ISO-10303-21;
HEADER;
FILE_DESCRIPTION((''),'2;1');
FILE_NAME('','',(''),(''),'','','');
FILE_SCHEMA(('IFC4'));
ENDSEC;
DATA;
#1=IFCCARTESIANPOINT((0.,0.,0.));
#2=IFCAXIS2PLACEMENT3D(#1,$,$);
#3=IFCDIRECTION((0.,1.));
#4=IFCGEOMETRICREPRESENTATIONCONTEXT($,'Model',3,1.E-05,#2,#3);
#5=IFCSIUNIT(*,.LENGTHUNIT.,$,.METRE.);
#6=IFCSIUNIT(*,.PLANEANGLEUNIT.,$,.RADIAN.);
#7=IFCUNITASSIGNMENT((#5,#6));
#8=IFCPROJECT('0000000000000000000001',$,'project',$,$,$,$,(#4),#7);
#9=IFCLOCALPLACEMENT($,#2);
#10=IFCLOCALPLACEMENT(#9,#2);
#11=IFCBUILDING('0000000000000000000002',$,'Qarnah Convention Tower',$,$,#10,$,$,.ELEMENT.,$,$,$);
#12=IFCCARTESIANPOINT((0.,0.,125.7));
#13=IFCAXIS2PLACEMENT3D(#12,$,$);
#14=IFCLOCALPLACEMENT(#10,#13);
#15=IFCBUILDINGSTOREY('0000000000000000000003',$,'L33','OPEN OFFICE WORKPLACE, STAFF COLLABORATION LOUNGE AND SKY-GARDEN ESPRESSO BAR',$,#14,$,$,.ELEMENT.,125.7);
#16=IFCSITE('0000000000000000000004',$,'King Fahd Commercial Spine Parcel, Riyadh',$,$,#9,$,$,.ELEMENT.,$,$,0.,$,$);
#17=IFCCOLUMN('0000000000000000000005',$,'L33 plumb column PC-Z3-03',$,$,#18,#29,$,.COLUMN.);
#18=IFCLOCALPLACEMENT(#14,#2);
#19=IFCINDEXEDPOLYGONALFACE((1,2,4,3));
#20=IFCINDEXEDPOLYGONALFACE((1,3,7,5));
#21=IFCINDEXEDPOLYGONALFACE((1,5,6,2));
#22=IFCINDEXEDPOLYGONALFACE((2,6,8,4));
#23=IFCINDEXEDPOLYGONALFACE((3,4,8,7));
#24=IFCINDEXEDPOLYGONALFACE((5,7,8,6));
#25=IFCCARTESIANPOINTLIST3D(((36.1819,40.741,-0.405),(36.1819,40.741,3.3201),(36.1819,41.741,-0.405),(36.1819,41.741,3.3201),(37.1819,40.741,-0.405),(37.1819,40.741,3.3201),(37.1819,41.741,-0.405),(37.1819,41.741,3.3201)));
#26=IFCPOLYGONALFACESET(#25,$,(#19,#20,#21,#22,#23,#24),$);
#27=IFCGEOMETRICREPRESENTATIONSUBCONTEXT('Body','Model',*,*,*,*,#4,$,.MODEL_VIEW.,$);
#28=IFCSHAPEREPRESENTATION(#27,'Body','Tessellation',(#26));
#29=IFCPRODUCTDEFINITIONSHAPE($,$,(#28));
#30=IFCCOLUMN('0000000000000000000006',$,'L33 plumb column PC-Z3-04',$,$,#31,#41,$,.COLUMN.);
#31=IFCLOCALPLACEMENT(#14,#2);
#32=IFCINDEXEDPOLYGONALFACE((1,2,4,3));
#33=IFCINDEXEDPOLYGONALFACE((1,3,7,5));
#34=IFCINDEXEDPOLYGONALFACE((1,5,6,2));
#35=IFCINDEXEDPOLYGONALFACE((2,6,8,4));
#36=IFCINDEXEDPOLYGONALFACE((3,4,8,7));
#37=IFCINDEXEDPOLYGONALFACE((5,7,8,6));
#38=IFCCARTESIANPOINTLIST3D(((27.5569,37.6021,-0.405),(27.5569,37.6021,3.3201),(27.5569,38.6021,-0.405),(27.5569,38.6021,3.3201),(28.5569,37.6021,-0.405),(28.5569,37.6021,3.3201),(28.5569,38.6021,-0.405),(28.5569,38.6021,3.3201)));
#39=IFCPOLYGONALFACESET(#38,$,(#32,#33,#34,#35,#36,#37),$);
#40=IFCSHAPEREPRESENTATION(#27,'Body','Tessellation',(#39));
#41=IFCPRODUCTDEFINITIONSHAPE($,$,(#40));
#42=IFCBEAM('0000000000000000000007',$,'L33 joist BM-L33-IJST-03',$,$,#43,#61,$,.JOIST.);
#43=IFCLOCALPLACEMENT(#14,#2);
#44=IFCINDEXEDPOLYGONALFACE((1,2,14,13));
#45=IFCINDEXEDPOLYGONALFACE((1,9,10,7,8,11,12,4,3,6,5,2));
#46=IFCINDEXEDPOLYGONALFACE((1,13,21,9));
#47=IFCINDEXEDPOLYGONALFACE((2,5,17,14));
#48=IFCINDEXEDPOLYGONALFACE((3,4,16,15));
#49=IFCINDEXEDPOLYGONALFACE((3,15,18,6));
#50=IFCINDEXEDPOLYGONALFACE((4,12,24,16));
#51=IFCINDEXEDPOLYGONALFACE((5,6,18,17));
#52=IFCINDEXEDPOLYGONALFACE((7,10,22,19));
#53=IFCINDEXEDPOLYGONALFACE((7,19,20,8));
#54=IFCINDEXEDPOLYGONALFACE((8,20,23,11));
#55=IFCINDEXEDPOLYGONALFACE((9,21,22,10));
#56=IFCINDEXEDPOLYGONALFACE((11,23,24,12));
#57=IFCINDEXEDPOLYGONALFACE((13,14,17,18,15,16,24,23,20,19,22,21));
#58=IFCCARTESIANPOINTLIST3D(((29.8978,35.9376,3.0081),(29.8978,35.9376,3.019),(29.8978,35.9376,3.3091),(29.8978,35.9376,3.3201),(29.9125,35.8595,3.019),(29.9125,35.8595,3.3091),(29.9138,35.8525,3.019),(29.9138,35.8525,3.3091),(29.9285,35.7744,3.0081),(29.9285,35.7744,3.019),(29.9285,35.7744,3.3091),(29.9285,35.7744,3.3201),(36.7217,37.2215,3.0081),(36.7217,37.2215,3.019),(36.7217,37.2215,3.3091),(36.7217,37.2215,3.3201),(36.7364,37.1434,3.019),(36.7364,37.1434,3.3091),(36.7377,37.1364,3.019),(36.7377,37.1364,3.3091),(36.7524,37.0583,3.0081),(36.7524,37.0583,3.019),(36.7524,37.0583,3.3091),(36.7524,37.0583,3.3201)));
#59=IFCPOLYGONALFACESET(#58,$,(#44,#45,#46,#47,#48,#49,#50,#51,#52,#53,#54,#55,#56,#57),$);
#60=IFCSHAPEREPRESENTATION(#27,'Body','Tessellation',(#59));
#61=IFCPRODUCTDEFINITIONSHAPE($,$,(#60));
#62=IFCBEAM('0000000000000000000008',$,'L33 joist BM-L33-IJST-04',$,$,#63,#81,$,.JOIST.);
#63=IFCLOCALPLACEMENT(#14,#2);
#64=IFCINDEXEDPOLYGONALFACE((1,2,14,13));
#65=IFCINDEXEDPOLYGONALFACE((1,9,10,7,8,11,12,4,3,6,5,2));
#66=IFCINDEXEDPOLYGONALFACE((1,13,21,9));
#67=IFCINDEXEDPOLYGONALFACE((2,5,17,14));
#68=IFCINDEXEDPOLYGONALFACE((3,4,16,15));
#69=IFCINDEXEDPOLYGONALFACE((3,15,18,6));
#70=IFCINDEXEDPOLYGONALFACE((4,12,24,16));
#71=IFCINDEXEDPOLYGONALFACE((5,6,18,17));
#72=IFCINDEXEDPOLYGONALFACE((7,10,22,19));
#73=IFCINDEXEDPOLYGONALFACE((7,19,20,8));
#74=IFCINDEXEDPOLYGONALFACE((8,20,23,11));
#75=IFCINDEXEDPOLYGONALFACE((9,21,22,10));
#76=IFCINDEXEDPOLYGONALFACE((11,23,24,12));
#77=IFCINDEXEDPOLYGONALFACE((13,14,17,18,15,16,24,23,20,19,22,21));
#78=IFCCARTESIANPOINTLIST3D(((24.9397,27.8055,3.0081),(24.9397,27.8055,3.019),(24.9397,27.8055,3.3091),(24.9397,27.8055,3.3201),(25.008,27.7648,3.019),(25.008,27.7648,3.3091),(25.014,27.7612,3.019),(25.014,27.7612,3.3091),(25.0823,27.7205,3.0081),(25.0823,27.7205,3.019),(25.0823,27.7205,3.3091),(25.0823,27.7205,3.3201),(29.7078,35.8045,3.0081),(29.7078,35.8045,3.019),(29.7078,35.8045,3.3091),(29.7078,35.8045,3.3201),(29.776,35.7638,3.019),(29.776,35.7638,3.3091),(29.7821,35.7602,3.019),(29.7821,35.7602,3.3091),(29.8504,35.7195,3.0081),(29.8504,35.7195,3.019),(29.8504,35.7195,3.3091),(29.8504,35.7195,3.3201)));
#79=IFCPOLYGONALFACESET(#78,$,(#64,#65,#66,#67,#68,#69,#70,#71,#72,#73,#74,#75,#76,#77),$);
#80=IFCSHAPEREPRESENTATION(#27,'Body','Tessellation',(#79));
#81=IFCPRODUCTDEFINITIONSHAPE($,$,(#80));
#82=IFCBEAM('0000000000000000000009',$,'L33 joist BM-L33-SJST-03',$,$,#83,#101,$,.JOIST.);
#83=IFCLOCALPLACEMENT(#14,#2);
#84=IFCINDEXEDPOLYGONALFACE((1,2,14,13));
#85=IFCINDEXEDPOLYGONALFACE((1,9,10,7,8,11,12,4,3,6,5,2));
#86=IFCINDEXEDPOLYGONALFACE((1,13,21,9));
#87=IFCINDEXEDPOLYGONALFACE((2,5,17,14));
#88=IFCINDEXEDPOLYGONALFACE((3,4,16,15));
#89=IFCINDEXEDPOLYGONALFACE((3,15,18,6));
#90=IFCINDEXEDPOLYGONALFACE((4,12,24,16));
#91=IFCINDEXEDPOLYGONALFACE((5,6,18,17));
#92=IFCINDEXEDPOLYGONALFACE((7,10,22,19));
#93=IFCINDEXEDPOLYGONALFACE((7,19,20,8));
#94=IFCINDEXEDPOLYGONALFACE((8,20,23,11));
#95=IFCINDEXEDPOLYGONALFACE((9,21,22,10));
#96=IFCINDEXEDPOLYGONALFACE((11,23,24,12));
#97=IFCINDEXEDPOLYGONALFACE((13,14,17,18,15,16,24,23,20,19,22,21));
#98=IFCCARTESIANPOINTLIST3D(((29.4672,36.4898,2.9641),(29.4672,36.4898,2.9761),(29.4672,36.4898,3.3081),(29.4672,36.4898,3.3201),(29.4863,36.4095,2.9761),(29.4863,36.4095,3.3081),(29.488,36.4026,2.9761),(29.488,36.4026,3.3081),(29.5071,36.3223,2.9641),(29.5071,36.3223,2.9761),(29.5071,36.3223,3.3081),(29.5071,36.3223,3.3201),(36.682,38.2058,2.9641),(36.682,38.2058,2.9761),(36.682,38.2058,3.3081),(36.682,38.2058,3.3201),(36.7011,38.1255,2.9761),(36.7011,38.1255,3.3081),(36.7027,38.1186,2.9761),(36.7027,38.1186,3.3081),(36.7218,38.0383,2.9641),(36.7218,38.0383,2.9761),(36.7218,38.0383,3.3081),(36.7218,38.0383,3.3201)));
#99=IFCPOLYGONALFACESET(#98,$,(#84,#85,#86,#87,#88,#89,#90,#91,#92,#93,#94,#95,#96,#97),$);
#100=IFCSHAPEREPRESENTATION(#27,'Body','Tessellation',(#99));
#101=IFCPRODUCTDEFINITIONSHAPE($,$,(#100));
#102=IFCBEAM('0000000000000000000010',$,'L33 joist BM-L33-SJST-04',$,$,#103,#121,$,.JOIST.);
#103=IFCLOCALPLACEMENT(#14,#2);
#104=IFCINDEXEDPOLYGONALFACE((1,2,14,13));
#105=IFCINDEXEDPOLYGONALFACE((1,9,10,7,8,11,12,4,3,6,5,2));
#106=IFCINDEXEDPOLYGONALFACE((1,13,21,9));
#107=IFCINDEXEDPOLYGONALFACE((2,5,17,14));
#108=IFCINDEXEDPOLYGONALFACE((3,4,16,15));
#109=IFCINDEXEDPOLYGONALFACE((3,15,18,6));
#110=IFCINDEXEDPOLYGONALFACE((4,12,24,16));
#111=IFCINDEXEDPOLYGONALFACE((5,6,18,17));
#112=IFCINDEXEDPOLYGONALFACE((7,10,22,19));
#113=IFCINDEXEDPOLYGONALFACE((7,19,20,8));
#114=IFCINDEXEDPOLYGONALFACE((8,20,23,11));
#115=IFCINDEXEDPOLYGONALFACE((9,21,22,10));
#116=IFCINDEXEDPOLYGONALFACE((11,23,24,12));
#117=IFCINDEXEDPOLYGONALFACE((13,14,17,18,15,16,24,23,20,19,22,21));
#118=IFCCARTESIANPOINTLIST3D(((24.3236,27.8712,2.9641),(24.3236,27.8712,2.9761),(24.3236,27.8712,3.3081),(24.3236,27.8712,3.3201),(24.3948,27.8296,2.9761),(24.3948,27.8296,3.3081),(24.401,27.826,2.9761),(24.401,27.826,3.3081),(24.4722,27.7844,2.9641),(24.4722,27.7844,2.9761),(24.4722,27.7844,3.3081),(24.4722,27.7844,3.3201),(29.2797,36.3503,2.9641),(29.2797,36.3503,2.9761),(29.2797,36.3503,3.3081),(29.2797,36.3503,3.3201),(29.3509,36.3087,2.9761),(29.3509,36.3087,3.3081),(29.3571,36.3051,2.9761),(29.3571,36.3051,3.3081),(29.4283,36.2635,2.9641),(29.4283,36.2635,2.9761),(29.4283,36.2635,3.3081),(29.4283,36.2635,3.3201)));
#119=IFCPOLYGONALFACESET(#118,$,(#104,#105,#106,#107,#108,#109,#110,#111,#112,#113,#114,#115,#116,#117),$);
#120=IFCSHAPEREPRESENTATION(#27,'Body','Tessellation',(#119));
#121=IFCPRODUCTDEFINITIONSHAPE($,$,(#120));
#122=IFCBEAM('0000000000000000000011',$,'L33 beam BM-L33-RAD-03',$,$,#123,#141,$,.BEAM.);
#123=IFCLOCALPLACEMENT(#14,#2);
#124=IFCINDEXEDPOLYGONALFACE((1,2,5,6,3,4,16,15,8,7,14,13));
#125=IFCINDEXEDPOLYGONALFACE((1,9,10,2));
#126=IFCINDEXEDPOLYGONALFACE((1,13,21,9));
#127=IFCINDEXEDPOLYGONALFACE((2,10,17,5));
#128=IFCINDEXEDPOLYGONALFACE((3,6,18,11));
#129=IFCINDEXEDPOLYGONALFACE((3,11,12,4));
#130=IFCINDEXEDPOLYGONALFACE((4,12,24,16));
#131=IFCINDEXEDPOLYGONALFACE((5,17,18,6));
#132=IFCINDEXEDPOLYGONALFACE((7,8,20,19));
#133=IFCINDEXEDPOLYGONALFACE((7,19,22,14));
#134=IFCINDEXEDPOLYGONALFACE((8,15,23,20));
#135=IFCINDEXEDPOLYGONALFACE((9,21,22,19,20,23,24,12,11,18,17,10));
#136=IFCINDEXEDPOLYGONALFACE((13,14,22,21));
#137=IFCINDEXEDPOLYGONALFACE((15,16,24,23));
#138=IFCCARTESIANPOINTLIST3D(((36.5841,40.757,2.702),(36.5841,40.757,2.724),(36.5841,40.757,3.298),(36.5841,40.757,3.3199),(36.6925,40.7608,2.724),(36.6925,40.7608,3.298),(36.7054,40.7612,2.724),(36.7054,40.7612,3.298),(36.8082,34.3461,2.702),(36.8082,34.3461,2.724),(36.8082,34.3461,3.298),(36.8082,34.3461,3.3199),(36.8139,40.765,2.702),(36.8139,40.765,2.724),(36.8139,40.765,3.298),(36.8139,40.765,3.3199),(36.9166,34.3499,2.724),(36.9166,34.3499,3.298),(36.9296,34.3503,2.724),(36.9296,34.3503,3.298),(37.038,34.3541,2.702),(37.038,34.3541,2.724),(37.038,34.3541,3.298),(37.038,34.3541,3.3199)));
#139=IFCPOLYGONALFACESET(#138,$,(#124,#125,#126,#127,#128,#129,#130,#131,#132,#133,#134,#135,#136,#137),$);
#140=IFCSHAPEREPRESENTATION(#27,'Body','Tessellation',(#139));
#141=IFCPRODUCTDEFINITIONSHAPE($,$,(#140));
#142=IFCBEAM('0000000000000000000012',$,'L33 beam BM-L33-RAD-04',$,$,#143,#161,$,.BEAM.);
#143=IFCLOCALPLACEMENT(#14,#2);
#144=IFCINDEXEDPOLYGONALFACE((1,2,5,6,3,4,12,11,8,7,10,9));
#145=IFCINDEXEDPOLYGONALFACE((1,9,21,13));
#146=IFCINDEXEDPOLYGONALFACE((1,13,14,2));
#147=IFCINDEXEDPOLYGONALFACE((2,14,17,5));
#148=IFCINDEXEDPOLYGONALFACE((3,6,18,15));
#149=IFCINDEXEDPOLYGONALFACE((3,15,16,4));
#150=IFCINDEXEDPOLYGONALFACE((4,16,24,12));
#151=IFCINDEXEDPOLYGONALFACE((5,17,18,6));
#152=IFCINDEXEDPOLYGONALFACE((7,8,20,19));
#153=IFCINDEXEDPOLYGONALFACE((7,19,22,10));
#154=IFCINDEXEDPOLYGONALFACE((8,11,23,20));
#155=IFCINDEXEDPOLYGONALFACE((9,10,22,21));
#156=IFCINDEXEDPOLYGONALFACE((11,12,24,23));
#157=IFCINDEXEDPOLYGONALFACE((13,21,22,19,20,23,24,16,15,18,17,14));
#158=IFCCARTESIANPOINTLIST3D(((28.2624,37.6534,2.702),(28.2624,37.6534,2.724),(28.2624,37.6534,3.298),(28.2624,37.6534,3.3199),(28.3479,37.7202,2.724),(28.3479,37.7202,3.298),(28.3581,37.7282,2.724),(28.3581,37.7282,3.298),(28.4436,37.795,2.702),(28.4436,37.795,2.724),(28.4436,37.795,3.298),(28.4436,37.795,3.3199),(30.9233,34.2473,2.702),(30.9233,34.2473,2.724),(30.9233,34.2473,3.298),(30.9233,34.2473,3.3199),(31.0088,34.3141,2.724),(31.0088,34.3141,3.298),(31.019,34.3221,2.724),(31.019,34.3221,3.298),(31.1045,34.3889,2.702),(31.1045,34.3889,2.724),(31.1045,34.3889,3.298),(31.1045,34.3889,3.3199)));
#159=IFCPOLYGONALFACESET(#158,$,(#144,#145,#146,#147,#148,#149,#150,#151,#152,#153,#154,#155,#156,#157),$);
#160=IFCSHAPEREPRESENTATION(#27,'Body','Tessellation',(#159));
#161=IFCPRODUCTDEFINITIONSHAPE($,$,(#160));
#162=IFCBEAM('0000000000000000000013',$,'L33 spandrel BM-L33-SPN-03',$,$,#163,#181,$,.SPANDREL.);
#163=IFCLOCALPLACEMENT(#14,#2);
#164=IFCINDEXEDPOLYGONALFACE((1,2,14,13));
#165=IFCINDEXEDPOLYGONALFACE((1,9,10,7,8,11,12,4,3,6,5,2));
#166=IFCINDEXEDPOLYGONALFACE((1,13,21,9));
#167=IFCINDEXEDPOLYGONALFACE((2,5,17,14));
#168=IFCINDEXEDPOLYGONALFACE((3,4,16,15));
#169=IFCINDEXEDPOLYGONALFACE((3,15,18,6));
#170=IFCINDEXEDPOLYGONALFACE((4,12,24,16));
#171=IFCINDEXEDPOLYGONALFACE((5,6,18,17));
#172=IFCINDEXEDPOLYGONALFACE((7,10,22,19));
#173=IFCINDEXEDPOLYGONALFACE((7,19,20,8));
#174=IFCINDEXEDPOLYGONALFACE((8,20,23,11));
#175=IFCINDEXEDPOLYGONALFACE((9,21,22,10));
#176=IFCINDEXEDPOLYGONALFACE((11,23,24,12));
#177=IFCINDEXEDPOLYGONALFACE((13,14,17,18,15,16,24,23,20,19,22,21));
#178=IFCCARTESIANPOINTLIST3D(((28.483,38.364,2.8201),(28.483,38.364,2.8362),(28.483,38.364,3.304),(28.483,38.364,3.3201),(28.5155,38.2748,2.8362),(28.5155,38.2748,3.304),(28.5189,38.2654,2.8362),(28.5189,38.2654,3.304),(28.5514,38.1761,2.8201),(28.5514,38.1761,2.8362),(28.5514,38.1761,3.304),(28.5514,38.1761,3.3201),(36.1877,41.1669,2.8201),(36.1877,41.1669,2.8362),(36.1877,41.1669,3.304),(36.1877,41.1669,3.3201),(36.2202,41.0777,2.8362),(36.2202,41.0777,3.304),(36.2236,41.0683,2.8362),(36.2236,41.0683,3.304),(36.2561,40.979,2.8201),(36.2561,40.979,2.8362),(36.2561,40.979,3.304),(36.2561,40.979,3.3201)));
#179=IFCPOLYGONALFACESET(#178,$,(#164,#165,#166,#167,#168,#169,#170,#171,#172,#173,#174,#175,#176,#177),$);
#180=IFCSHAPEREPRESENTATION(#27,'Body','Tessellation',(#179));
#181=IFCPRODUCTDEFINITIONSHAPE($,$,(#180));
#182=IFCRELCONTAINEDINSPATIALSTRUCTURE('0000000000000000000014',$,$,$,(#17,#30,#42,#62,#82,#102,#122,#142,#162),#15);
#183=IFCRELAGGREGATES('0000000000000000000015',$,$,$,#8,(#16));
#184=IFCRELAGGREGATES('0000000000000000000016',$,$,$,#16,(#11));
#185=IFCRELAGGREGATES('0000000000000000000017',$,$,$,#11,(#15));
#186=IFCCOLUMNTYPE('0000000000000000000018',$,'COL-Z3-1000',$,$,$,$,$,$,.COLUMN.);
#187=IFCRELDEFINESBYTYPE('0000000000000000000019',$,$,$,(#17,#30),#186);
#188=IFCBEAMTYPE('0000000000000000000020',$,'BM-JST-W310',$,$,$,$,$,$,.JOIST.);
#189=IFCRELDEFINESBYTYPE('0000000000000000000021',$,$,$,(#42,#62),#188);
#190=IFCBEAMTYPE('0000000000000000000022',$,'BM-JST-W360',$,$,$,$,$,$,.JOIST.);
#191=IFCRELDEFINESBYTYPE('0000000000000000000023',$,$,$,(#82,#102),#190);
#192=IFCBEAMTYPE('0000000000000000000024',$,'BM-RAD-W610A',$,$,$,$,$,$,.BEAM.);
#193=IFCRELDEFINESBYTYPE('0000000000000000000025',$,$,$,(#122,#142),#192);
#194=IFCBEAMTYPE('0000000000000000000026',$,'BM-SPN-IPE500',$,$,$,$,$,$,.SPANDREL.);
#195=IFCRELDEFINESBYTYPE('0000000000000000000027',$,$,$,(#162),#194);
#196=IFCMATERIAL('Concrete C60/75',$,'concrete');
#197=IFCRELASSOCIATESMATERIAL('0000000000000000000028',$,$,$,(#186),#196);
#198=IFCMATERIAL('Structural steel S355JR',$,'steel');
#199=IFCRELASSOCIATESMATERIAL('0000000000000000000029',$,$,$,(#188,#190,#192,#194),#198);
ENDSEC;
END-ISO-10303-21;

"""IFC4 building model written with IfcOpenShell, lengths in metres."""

from ifc_helpers import new_model, si_unit, direction, frame, origin, origin_2d, place, context, subcontext, project, spatial, rectangle, i_section, extrude, material, material_profile, profile_set, type_object, element, save


model = new_model("IFC4")

# Units and contexts
model_context = context("Model", 3, precision=1e-05, world=origin(), true_north=direction((0.0, 1.0)))
body_context = subcontext(model_context, "Body", "Model", "MODEL_VIEW")
ifc_project = project(units=[si_unit("LENGTHUNIT", "METRE"), si_unit("PLANEANGLEUNIT", "RADIAN")], contexts=[model_context])

# Site, building, storey
site_placement = place(None, origin())
site = spatial("IfcSite", under=ifc_project, at=site_placement, Name="King Fahd Commercial Spine Parcel, Riyadh", CompositionType="ELEMENT", RefElevation=0.0)
building_placement = place(site_placement, origin())
building = spatial("IfcBuilding", under=site, at=building_placement, Name="Qarnah Convention Tower", CompositionType="ELEMENT")
storey_placement = place(building_placement, frame((0.0, 0.0, 125.7)))
storey = spatial("IfcBuildingStorey", under=building, at=storey_placement, Name="L33", Description="OPEN OFFICE WORKPLACE, STAFF COLLABORATION LOUNGE AND SKY-GARDEN ESPRESSO BAR", CompositionType="ELEMENT", Elevation=125.7)

# Columns
ifc_material_1 = material(Name="Concrete C60/75", Category="concrete")
ifc_material_profile_1 = material_profile(ifc_material_1, rectangle(XDim=1.0, YDim=1.0, at=origin_2d()), Name="RC-COL-1000X1000")
ifc_profile_set_1 = profile_set([ifc_material_profile_1], Name="Concrete C60/75")
column_type = type_object("IfcColumnType", Name="COL-Z3-1000", PredefinedType="COLUMN", material=ifc_profile_set_1)
for number, where, z_axis, x_axis, name in (
    (1, (36.6819, 41.241, -0.405), (0.0, 0.0, 1.0), (1.0, 0.0, 0.0), "L33 plumb column PC-Z3-03"),
    (2, (28.0569, 38.1021, -0.405), (0.0, 0.0, 1.0), (1.0, 0.0, 0.0), "L33 plumb column PC-Z3-04"),
):
    element("IfcColumn", number, at=place(storey_placement, frame(where, z_axis=z_axis, x_axis=x_axis)), inside=storey, type_object=column_type, Name=name, PredefinedType="COLUMN", context=body_context, shape_type="SweptSolid", body=[
        extrude(rectangle(XDim=1.0, YDim=1.0, at=origin_2d()), origin(), (0.0, 0.0, 1.0), 3.7251),
    ])

# Beams
ifc_material_2 = material(Name="Structural steel S355JR", Category="steel")
ifc_material_profile_2 = material_profile(ifc_material_2, i_section(OverallWidth=0.166, OverallDepth=0.312, WebThickness=0.0071, FlangeThickness=0.011, at=origin_2d()), Name="W310X45")
ifc_profile_set_2 = profile_set([ifc_material_profile_2], Name="Structural steel S355JR")
beam_type_1 = type_object("IfcBeamType", Name="BM-JST-W310", PredefinedType="JOIST", material=ifc_profile_set_2)
beam_1_placement = place(storey_placement, frame((36.7371, 37.1399, 3.1641), z_axis=(-0.982756, -0.184906, 0.0), x_axis=(0.184906, -0.982756, 0.0)))
element("IfcBeam", 3, at=beam_1_placement, inside=storey, type_object=beam_type_1, Name="L33 joist BM-L33-IJST-03", PredefinedType="JOIST", context=body_context, shape_type="SweptSolid", body=[
    extrude(i_section(OverallWidth=0.166, OverallDepth=0.312, WebThickness=0.0071, FlangeThickness=0.011, at=origin_2d()), origin(), (0.0, 0.0, 1.0), 6.9436),
])
beam_2_placement = place(storey_placement, frame((29.7791, 35.762, 3.1641), z_axis=(-0.512018, -0.858974, 0.0), x_axis=(0.858974, -0.512018, 0.0)))
element("IfcBeam", 4, at=beam_2_placement, inside=storey, type_object=beam_type_1, Name="L33 joist BM-L33-IJST-04", PredefinedType="JOIST", context=body_context, shape_type="SweptSolid", body=[
    extrude(i_section(OverallWidth=0.166, OverallDepth=0.312, WebThickness=0.0071, FlangeThickness=0.011, at=origin_2d()), origin(), (0.0, 0.0, 1.0), 9.3123),
])
ifc_material_profile_3 = material_profile(ifc_material_2, i_section(OverallWidth=0.1721, OverallDepth=0.356, WebThickness=0.0071, FlangeThickness=0.012, at=origin_2d()), Name="W360X51")
ifc_profile_set_3 = profile_set([ifc_material_profile_3], Name="Structural steel S355JR")
beam_type_2 = type_object("IfcBeamType", Name="BM-JST-W360", PredefinedType="JOIST", material=ifc_profile_set_3)
beam_3_placement = place(storey_placement, frame((36.7019, 38.1221, 3.1421), z_axis=(-0.97286, -0.231397, 0.0), x_axis=(0.231397, -0.97286, 0.0)))
element("IfcBeam", 5, at=beam_3_placement, inside=storey, type_object=beam_type_2, Name="L33 joist BM-L33-SJST-03", PredefinedType="JOIST", context=body_context, shape_type="SweptSolid", body=[
    extrude(i_section(OverallWidth=0.1721, OverallDepth=0.356, WebThickness=0.0071, FlangeThickness=0.012, at=origin_2d()), origin(), (0.0, 0.0, 1.0), 7.416),
])
beam_4_placement = place(storey_placement, frame((29.354, 36.3069, 3.1421), z_axis=(-0.504628, -0.863337, 0.0), x_axis=(0.863337, -0.504628, 0.0)))
element("IfcBeam", 6, at=beam_4_placement, inside=storey, type_object=beam_type_2, Name="L33 joist BM-L33-SJST-04", PredefinedType="JOIST", context=body_context, shape_type="SweptSolid", body=[
    extrude(i_section(OverallWidth=0.1721, OverallDepth=0.356, WebThickness=0.0071, FlangeThickness=0.012, at=origin_2d()), origin(), (0.0, 0.0, 1.0), 9.8213),
])
ifc_material_profile_4 = material_profile(ifc_material_2, i_section(OverallWidth=0.23, OverallDepth=0.6179, WebThickness=0.0129, FlangeThickness=0.022, at=origin_2d()), Name="W610X140")
ifc_profile_set_4 = profile_set([ifc_material_profile_4], Name="Structural steel S355JR")
beam_type_3 = type_object("IfcBeamType", Name="BM-RAD-W610A", PredefinedType="BEAM", material=ifc_profile_set_4)
beam_5_placement = place(storey_placement, frame((36.9231, 34.3501, 3.011), z_axis=(-0.034938, 0.999389, 0.0), x_axis=(-0.999389, -0.034938, 0.0)))
element("IfcBeam", 7, at=beam_5_placement, inside=storey, type_object=beam_type_3, Name="L33 beam BM-L33-RAD-03", PredefinedType="BEAM", context=body_context, shape_type="SweptSolid", body=[
    extrude(i_section(OverallWidth=0.23, OverallDepth=0.6179, WebThickness=0.0129, FlangeThickness=0.022, at=origin_2d()), origin(), (0.0, 0.0, 1.0), 6.4148),
])
beam_6_placement = place(storey_placement, frame((31.0139, 34.3181, 3.011), z_axis=(-0.615636, 0.78803, 0.0), x_axis=(-0.78803, -0.615636, 0.0)))
element("IfcBeam", 8, at=beam_6_placement, inside=storey, type_object=beam_type_3, Name="L33 beam BM-L33-RAD-04", PredefinedType="BEAM", context=body_context, shape_type="SweptSolid", body=[
    extrude(i_section(OverallWidth=0.23, OverallDepth=0.6179, WebThickness=0.0129, FlangeThickness=0.022, at=origin_2d()), origin(), (0.0, 0.0, 1.0), 4.3223),
])
ifc_material_profile_5 = material_profile(ifc_material_2, i_section(OverallWidth=0.2, OverallDepth=0.5, WebThickness=0.01, FlangeThickness=0.0161, at=origin_2d()), Name="IPE500")
ifc_profile_set_5 = profile_set([ifc_material_profile_5], Name="Structural steel S355JR")
beam_type_4 = type_object("IfcBeamType", Name="BM-SPN-IPE500", PredefinedType="SPANDREL", material=ifc_profile_set_5)
beam_7_placement = place(storey_placement, frame((36.2219, 41.073, 3.0701), z_axis=(-0.939746, -0.341875, 0.0), x_axis=(0.341875, -0.939746, 0.0)))
element("IfcBeam", 9, at=beam_7_placement, inside=storey, type_object=beam_type_4, Name="L33 spandrel BM-L33-SPN-03", PredefinedType="SPANDREL", context=body_context, shape_type="SweptSolid", body=[
    extrude(i_section(OverallWidth=0.2, OverallDepth=0.5, WebThickness=0.01, FlangeThickness=0.0161, at=origin_2d()), origin(), (0.0, 0.0, 1.0), 8.1987),
])

save(model, "model.ifc")
